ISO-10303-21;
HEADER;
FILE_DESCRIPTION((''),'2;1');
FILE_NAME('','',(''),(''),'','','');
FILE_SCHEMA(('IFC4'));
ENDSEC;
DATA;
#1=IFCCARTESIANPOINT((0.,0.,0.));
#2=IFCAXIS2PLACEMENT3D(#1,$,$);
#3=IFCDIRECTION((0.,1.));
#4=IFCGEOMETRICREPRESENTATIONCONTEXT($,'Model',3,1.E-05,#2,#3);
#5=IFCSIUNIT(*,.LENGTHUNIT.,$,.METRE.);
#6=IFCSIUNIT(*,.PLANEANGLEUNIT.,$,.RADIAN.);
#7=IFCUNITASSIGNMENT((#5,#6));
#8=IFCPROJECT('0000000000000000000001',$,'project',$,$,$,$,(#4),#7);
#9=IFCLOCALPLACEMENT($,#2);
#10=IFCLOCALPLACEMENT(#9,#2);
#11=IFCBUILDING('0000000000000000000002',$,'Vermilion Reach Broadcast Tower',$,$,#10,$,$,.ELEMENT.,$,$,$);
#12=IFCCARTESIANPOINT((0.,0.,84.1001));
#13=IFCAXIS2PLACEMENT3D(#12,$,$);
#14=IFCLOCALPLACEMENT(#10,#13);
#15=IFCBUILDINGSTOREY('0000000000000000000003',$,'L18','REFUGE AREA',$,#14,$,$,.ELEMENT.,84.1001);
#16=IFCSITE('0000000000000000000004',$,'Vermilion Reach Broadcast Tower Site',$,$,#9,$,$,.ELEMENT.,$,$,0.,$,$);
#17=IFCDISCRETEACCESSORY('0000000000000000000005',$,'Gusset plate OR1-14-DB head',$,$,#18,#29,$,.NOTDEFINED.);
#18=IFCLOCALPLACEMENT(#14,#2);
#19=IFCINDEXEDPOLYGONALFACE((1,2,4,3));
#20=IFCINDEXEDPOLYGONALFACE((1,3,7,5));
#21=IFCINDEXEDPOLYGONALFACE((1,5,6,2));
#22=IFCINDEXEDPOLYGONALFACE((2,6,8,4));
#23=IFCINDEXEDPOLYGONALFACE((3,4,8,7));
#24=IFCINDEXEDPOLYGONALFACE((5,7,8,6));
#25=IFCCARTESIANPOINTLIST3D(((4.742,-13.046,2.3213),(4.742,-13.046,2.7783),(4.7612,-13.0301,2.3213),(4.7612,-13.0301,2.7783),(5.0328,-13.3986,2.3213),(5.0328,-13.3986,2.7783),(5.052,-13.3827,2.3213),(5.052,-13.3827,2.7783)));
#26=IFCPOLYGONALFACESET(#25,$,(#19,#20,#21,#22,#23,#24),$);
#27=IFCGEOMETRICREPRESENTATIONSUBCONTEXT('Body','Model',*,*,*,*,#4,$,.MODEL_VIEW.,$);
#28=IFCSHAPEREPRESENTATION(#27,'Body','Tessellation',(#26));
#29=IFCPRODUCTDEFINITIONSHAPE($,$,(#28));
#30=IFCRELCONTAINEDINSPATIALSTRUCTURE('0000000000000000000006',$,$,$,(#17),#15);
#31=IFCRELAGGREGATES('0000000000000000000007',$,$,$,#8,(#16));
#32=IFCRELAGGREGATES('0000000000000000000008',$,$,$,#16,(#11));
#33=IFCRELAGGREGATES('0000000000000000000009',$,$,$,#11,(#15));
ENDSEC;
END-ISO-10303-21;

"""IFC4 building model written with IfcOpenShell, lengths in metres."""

from ifc_helpers import new_model, si_unit, direction, frame, origin, origin_2d, place, context, subcontext, project, spatial, rectangle, extrude, element, save


model = new_model("IFC4")

# Units and contexts
model_context = context("Model", 3, precision=1e-05, world=origin(), true_north=direction((0.0, 1.0)))
body_context = subcontext(model_context, "Body", "Model", "MODEL_VIEW")
ifc_project = project(units=[si_unit("LENGTHUNIT", "METRE"), si_unit("PLANEANGLEUNIT", "RADIAN")], contexts=[model_context])

# Site, building, storey
site_placement = place(None, origin())
site = spatial("IfcSite", under=ifc_project, at=site_placement, Name="Vermilion Reach Broadcast Tower Site", CompositionType="ELEMENT", RefElevation=0.0)
building_placement = place(site_placement, origin())
building = spatial("IfcBuilding", under=site, at=building_placement, Name="Vermilion Reach Broadcast Tower", CompositionType="ELEMENT")
storey_placement = place(building_placement, frame((0.0, 0.0, 84.1001)))
storey = spatial("IfcBuildingStorey", under=building, at=storey_placement, Name="L18", Description="REFUGE AREA", CompositionType="ELEMENT", Elevation=84.1001)

# Discrete accessory
discrete_accessory_placement = place(storey_placement, frame((4.897, -13.2144, 2.3213), z_axis=(0.0, 0.0, 1.0), x_axis=(0.771515, 0.636211, 0.0)))
element("IfcDiscreteAccessory", 1, at=discrete_accessory_placement, inside=storey, Name="Gusset plate OR1-14-DB head", PredefinedType="NOTDEFINED", context=body_context, shape_type="SweptSolid", body=[
    extrude(rectangle(XDim=0.0249, YDim=0.457, at=origin_2d()), origin(), (0.0, 0.0, 1.0), 0.457),
])

save(model, "model.ifc")
